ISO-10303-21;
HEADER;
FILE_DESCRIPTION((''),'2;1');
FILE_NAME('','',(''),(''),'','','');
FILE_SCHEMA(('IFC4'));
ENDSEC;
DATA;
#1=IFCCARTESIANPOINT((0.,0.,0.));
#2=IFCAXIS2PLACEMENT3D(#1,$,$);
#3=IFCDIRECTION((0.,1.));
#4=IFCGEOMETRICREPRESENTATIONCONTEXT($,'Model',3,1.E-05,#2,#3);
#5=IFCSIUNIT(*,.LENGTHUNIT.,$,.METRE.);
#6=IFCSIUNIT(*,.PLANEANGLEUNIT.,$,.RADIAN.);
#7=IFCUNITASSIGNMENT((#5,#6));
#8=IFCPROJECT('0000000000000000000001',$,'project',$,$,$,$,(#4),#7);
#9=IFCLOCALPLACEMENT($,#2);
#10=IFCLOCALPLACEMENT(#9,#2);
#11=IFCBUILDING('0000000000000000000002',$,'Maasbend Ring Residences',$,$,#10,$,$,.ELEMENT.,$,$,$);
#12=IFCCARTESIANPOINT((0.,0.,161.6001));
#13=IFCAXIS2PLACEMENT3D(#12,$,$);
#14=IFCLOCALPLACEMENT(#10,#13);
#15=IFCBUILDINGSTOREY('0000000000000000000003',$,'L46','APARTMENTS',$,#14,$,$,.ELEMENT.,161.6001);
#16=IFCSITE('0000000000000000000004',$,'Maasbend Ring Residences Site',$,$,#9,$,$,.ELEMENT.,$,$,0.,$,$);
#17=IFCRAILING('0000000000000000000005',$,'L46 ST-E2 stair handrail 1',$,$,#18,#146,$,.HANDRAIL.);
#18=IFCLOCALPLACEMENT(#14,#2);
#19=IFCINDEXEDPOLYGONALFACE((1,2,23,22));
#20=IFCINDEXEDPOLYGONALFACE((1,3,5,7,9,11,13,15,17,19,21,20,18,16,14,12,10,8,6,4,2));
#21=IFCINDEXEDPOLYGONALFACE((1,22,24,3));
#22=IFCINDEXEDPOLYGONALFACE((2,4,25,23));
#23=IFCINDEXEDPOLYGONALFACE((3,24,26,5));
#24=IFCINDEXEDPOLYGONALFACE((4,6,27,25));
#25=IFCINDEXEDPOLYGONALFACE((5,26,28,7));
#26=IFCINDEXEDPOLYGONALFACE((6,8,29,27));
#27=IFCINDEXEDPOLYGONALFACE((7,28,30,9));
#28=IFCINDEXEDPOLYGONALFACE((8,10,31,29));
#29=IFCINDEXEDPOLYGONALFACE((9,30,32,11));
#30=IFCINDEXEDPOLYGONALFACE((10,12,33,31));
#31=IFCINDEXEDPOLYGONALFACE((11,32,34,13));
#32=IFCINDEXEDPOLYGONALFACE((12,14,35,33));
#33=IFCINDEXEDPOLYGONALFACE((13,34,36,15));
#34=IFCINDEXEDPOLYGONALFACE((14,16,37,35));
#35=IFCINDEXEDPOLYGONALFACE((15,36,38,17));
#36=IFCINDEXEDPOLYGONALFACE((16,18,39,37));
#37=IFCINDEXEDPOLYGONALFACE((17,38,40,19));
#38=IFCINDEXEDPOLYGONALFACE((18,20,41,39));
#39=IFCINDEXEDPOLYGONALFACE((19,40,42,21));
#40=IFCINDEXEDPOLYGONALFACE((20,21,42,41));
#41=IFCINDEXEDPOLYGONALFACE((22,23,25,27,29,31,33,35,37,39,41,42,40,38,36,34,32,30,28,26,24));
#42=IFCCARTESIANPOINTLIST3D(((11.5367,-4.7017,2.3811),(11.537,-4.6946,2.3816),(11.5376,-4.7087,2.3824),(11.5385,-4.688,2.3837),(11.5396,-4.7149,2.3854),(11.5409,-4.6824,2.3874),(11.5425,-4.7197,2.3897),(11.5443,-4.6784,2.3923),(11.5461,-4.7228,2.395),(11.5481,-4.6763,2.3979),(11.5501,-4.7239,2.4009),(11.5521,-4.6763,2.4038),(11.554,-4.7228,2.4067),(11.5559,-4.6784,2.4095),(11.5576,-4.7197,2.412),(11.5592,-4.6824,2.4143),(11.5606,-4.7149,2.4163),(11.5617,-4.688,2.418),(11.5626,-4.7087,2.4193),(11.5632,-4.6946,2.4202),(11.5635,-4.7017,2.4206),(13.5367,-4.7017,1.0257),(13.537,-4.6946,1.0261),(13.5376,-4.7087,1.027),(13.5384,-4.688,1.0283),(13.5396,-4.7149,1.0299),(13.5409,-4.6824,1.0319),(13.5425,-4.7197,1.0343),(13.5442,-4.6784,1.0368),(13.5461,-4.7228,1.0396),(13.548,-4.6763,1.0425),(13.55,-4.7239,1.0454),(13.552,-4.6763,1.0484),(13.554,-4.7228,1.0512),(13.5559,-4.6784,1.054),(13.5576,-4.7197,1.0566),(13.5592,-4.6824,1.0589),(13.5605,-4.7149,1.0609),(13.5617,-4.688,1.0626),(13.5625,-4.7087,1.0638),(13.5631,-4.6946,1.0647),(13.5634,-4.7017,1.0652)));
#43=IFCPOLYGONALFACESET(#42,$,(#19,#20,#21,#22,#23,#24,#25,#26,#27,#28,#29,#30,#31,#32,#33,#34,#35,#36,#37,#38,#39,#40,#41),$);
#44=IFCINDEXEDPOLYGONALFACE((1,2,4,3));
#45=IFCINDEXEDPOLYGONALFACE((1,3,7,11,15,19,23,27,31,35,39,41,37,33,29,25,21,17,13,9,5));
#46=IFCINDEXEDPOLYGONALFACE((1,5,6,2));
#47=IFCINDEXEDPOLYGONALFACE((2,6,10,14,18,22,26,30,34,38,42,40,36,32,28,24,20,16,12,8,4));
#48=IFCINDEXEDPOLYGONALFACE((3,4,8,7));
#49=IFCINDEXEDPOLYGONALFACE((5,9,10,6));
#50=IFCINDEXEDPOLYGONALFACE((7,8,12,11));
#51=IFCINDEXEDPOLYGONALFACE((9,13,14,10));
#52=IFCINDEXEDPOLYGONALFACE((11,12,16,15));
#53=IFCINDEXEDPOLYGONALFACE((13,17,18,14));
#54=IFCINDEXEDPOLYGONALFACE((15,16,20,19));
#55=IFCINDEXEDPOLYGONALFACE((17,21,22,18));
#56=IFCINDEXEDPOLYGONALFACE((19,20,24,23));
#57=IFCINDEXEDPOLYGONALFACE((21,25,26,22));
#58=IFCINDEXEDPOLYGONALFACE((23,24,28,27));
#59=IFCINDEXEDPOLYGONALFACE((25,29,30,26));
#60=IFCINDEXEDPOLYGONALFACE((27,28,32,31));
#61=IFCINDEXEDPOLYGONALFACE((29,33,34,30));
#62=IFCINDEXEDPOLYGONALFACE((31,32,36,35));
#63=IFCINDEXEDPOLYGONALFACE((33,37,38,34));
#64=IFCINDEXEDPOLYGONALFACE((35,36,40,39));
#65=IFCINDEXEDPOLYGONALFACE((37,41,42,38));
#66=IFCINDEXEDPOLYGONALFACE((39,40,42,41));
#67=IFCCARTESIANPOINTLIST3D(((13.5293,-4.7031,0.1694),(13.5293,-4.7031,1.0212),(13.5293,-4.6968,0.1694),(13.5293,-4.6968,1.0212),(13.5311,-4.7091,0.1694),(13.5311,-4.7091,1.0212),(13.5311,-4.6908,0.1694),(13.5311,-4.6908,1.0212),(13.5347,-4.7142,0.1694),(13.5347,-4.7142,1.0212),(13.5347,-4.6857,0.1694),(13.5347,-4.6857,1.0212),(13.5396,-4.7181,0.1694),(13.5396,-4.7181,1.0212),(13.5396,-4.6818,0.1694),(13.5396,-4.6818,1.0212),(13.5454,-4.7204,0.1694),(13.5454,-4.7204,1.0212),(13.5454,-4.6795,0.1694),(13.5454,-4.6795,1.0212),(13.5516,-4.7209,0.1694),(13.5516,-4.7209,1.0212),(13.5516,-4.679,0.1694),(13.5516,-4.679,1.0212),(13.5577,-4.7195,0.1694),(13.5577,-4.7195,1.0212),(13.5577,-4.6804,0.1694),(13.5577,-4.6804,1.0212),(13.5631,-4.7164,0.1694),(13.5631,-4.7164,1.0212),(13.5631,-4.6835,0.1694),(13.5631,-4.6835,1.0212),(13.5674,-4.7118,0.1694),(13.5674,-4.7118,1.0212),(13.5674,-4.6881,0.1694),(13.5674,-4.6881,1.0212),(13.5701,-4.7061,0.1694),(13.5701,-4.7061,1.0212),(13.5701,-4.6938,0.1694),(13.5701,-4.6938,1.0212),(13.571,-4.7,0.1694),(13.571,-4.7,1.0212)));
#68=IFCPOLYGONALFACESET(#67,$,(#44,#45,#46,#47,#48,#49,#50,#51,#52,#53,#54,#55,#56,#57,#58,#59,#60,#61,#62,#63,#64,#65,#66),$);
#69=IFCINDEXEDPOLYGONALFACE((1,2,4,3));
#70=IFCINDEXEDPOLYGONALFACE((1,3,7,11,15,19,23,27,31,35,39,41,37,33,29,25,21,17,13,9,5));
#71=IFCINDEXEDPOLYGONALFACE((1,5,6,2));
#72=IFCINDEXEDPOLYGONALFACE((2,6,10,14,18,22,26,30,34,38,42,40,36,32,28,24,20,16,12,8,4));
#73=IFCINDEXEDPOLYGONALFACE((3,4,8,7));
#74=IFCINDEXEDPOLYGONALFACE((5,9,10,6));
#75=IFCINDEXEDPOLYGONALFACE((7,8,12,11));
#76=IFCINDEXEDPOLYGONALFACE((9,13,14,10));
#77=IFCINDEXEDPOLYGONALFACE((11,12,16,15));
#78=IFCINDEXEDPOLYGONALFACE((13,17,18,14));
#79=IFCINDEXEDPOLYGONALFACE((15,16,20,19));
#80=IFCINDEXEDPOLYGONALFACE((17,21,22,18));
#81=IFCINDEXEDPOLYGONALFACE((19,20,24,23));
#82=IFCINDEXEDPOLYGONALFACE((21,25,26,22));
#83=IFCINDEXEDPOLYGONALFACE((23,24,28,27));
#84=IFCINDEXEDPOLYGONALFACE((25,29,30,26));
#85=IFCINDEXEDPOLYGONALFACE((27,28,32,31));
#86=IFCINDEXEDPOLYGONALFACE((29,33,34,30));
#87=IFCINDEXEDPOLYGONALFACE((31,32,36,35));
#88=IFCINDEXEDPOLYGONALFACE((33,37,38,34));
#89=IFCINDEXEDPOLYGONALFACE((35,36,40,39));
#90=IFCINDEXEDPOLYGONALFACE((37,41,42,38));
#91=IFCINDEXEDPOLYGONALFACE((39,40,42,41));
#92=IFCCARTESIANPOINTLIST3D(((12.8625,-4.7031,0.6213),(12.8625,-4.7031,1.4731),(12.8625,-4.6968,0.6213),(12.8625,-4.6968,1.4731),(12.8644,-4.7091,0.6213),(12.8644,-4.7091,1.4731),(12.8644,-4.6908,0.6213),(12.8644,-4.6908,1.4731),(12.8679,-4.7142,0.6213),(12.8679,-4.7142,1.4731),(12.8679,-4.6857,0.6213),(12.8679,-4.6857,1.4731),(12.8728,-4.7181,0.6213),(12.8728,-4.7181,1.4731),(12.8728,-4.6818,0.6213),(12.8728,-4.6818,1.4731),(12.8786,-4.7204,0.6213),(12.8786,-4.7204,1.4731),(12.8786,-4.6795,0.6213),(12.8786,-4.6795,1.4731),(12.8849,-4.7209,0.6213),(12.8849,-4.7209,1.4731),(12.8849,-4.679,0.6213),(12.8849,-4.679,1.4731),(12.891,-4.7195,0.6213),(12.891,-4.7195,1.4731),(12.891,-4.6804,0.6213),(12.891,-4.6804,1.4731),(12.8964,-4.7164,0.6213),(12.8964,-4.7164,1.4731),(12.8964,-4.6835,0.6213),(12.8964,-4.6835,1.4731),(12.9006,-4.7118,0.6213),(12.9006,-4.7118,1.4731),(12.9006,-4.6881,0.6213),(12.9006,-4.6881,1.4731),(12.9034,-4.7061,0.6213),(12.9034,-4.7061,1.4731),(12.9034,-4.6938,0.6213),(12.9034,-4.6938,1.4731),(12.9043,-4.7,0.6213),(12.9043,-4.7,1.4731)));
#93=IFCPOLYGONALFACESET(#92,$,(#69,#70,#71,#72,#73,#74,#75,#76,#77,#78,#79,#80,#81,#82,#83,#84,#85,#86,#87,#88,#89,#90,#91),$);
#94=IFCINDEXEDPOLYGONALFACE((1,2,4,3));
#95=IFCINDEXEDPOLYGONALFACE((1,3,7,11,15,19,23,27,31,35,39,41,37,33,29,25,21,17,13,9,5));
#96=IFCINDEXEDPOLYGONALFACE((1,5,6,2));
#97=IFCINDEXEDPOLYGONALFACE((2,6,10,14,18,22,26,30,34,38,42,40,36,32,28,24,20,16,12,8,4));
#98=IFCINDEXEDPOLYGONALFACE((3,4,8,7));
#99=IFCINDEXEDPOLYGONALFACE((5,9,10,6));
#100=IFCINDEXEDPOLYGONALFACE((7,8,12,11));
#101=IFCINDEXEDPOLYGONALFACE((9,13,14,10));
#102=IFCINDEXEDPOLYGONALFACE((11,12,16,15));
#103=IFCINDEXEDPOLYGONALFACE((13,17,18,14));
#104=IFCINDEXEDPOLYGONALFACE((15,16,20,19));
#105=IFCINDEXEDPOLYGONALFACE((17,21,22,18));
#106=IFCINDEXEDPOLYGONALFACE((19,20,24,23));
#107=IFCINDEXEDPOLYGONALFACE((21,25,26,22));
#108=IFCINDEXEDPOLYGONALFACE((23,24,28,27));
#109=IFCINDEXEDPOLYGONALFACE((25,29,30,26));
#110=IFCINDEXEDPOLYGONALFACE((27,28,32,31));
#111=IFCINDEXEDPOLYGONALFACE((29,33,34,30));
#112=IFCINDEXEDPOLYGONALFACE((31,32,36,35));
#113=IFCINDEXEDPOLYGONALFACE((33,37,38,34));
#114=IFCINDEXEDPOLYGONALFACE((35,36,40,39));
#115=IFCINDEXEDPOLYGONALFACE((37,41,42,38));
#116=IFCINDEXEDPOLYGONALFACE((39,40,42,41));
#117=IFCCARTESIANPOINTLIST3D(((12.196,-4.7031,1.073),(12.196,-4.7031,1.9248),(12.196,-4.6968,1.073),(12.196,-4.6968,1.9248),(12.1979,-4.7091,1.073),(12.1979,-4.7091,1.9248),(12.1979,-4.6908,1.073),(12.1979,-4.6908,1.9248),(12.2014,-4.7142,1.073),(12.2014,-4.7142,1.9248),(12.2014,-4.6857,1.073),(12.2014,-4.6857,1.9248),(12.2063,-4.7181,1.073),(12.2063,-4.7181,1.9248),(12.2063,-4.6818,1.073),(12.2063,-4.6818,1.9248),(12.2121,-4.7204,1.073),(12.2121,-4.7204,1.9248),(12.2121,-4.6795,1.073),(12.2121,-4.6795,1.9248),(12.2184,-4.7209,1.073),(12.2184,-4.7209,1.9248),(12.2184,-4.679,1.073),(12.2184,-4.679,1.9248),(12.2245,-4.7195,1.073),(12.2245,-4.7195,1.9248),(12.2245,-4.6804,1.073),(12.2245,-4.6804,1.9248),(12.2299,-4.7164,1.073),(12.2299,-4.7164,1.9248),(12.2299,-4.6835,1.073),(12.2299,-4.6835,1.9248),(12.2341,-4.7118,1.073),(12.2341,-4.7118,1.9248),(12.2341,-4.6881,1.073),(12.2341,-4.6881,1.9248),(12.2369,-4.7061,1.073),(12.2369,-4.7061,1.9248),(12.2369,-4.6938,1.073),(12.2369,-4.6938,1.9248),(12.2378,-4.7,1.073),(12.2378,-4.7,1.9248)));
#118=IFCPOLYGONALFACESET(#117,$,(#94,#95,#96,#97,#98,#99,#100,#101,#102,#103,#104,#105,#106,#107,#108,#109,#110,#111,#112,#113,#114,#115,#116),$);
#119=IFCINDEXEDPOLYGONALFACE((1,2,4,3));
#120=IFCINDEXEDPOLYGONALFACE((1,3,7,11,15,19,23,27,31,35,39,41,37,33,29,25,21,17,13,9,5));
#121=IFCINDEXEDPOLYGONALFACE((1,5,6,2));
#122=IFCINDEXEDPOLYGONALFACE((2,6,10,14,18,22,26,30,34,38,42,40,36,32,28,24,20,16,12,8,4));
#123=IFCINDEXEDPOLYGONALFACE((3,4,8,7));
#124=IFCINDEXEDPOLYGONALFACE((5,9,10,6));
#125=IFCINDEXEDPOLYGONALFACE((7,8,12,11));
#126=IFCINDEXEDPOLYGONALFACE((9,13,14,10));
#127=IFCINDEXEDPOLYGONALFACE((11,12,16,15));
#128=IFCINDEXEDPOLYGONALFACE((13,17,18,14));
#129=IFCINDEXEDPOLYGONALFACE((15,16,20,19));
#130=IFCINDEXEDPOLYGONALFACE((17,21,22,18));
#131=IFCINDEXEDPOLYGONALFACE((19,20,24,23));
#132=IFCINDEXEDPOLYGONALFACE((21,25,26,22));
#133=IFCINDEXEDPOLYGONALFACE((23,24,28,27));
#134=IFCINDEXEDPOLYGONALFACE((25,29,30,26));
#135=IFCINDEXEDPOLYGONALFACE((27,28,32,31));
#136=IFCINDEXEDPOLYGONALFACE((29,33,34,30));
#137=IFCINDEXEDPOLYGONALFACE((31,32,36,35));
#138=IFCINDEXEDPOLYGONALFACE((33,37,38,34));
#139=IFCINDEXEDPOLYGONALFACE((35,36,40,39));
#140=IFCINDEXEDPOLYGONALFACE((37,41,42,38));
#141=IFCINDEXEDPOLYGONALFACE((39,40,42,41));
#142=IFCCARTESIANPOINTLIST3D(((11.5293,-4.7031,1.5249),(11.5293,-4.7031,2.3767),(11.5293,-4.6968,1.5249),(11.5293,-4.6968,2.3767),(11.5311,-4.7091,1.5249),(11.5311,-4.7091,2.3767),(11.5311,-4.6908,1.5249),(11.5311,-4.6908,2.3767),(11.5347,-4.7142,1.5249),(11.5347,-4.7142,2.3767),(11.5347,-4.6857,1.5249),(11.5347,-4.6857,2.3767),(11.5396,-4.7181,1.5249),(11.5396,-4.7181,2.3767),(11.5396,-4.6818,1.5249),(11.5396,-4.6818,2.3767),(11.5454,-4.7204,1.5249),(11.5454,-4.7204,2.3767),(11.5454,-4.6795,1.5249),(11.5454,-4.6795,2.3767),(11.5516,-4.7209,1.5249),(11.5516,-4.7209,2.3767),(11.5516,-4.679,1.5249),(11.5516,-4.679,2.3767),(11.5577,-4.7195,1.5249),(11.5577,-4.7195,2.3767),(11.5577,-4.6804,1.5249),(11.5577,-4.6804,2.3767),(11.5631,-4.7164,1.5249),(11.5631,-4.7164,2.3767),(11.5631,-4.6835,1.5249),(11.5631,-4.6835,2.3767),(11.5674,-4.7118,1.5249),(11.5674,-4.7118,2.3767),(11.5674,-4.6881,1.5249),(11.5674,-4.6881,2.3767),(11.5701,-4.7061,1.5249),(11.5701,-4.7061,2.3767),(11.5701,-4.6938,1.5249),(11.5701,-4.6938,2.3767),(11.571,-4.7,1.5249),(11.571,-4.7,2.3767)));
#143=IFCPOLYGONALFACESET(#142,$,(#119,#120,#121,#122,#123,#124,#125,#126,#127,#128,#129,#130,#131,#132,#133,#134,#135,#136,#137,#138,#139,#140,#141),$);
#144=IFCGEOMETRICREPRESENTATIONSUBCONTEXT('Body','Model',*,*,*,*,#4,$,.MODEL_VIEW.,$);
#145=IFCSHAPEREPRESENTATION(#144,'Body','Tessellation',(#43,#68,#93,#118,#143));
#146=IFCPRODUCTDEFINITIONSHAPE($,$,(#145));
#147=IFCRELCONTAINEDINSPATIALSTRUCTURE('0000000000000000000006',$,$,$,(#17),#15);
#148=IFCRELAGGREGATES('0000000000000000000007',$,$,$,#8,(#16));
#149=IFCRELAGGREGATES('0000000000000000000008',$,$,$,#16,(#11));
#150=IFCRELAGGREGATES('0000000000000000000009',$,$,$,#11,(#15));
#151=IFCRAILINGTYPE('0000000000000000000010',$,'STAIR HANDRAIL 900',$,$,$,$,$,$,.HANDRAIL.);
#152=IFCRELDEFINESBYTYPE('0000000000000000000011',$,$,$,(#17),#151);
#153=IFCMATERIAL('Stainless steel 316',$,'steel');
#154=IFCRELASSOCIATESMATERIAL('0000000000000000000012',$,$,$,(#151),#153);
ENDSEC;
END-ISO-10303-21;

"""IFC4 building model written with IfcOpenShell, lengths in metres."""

from ifc_helpers import new_model, si_unit, direction, frame, origin, origin_2d, place, context, subcontext, project, spatial, circle, extrude, material, type_object, element, save


model = new_model("IFC4")

# Units and contexts
model_context = context("Model", 3, precision=1e-05, world=origin(), true_north=direction((0.0, 1.0)))
body_context = subcontext(model_context, "Body", "Model", "MODEL_VIEW")
ifc_project = project(units=[si_unit("LENGTHUNIT", "METRE"), si_unit("PLANEANGLEUNIT", "RADIAN")], contexts=[model_context])

# Site, building, storey
site_placement = place(None, origin())
site = spatial("IfcSite", under=ifc_project, at=site_placement, Name="Maasbend Ring Residences Site", CompositionType="ELEMENT", RefElevation=0.0)
building_placement = place(site_placement, origin())
building = spatial("IfcBuilding", under=site, at=building_placement, Name="Maasbend Ring Residences", CompositionType="ELEMENT")
storey_placement = place(building_placement, frame((0.0, 0.0, 161.6001)))
storey = spatial("IfcBuildingStorey", under=building, at=storey_placement, Name="L46", Description="APARTMENTS", CompositionType="ELEMENT", Elevation=161.6001)

# Railing
ifc_material_1 = material(Name="Stainless steel 316", Category="steel")
railing_type_1 = type_object("IfcRailingType", Name="STAIR HANDRAIL 900", PredefinedType="HANDRAIL", material=ifc_material_1)
railing_1_placement = place(storey_placement, frame((13.55, -4.7, 0.1694)))
element("IfcRailing", 1, at=railing_1_placement, inside=storey, type_object=railing_type_1, Name="L46 ST-E2 stair handrail 1", PredefinedType="HANDRAIL", context=body_context, shape_type="SweptSolid", body=[
    extrude(circle(Radius=0.0239, at=origin_2d()), frame((0.0, 0.0, 0.876), z_axis=(-0.827798, 0.0, 0.561027), x_axis=(0.0, -1.0, 0.0)), (0.0, 0.0, 1.0), 2.416),
    extrude(circle(Radius=0.021, at=origin_2d()), origin(), (0.0, 0.0, 1.0), 0.8518),
    extrude(circle(Radius=0.021, at=origin_2d()), frame((-0.6667, 0.0, 0.4519)), (0.0, 0.0, 1.0), 0.8518),
    extrude(circle(Radius=0.021, at=origin_2d()), frame((-1.3333, 0.0, 0.9036)), (0.0, 0.0, 1.0), 0.8518),
    extrude(circle(Radius=0.021, at=origin_2d()), frame((-2.0, 0.0, 1.3555)), (0.0, 0.0, 1.0), 0.8518),
])

save(model, "model.ifc")
